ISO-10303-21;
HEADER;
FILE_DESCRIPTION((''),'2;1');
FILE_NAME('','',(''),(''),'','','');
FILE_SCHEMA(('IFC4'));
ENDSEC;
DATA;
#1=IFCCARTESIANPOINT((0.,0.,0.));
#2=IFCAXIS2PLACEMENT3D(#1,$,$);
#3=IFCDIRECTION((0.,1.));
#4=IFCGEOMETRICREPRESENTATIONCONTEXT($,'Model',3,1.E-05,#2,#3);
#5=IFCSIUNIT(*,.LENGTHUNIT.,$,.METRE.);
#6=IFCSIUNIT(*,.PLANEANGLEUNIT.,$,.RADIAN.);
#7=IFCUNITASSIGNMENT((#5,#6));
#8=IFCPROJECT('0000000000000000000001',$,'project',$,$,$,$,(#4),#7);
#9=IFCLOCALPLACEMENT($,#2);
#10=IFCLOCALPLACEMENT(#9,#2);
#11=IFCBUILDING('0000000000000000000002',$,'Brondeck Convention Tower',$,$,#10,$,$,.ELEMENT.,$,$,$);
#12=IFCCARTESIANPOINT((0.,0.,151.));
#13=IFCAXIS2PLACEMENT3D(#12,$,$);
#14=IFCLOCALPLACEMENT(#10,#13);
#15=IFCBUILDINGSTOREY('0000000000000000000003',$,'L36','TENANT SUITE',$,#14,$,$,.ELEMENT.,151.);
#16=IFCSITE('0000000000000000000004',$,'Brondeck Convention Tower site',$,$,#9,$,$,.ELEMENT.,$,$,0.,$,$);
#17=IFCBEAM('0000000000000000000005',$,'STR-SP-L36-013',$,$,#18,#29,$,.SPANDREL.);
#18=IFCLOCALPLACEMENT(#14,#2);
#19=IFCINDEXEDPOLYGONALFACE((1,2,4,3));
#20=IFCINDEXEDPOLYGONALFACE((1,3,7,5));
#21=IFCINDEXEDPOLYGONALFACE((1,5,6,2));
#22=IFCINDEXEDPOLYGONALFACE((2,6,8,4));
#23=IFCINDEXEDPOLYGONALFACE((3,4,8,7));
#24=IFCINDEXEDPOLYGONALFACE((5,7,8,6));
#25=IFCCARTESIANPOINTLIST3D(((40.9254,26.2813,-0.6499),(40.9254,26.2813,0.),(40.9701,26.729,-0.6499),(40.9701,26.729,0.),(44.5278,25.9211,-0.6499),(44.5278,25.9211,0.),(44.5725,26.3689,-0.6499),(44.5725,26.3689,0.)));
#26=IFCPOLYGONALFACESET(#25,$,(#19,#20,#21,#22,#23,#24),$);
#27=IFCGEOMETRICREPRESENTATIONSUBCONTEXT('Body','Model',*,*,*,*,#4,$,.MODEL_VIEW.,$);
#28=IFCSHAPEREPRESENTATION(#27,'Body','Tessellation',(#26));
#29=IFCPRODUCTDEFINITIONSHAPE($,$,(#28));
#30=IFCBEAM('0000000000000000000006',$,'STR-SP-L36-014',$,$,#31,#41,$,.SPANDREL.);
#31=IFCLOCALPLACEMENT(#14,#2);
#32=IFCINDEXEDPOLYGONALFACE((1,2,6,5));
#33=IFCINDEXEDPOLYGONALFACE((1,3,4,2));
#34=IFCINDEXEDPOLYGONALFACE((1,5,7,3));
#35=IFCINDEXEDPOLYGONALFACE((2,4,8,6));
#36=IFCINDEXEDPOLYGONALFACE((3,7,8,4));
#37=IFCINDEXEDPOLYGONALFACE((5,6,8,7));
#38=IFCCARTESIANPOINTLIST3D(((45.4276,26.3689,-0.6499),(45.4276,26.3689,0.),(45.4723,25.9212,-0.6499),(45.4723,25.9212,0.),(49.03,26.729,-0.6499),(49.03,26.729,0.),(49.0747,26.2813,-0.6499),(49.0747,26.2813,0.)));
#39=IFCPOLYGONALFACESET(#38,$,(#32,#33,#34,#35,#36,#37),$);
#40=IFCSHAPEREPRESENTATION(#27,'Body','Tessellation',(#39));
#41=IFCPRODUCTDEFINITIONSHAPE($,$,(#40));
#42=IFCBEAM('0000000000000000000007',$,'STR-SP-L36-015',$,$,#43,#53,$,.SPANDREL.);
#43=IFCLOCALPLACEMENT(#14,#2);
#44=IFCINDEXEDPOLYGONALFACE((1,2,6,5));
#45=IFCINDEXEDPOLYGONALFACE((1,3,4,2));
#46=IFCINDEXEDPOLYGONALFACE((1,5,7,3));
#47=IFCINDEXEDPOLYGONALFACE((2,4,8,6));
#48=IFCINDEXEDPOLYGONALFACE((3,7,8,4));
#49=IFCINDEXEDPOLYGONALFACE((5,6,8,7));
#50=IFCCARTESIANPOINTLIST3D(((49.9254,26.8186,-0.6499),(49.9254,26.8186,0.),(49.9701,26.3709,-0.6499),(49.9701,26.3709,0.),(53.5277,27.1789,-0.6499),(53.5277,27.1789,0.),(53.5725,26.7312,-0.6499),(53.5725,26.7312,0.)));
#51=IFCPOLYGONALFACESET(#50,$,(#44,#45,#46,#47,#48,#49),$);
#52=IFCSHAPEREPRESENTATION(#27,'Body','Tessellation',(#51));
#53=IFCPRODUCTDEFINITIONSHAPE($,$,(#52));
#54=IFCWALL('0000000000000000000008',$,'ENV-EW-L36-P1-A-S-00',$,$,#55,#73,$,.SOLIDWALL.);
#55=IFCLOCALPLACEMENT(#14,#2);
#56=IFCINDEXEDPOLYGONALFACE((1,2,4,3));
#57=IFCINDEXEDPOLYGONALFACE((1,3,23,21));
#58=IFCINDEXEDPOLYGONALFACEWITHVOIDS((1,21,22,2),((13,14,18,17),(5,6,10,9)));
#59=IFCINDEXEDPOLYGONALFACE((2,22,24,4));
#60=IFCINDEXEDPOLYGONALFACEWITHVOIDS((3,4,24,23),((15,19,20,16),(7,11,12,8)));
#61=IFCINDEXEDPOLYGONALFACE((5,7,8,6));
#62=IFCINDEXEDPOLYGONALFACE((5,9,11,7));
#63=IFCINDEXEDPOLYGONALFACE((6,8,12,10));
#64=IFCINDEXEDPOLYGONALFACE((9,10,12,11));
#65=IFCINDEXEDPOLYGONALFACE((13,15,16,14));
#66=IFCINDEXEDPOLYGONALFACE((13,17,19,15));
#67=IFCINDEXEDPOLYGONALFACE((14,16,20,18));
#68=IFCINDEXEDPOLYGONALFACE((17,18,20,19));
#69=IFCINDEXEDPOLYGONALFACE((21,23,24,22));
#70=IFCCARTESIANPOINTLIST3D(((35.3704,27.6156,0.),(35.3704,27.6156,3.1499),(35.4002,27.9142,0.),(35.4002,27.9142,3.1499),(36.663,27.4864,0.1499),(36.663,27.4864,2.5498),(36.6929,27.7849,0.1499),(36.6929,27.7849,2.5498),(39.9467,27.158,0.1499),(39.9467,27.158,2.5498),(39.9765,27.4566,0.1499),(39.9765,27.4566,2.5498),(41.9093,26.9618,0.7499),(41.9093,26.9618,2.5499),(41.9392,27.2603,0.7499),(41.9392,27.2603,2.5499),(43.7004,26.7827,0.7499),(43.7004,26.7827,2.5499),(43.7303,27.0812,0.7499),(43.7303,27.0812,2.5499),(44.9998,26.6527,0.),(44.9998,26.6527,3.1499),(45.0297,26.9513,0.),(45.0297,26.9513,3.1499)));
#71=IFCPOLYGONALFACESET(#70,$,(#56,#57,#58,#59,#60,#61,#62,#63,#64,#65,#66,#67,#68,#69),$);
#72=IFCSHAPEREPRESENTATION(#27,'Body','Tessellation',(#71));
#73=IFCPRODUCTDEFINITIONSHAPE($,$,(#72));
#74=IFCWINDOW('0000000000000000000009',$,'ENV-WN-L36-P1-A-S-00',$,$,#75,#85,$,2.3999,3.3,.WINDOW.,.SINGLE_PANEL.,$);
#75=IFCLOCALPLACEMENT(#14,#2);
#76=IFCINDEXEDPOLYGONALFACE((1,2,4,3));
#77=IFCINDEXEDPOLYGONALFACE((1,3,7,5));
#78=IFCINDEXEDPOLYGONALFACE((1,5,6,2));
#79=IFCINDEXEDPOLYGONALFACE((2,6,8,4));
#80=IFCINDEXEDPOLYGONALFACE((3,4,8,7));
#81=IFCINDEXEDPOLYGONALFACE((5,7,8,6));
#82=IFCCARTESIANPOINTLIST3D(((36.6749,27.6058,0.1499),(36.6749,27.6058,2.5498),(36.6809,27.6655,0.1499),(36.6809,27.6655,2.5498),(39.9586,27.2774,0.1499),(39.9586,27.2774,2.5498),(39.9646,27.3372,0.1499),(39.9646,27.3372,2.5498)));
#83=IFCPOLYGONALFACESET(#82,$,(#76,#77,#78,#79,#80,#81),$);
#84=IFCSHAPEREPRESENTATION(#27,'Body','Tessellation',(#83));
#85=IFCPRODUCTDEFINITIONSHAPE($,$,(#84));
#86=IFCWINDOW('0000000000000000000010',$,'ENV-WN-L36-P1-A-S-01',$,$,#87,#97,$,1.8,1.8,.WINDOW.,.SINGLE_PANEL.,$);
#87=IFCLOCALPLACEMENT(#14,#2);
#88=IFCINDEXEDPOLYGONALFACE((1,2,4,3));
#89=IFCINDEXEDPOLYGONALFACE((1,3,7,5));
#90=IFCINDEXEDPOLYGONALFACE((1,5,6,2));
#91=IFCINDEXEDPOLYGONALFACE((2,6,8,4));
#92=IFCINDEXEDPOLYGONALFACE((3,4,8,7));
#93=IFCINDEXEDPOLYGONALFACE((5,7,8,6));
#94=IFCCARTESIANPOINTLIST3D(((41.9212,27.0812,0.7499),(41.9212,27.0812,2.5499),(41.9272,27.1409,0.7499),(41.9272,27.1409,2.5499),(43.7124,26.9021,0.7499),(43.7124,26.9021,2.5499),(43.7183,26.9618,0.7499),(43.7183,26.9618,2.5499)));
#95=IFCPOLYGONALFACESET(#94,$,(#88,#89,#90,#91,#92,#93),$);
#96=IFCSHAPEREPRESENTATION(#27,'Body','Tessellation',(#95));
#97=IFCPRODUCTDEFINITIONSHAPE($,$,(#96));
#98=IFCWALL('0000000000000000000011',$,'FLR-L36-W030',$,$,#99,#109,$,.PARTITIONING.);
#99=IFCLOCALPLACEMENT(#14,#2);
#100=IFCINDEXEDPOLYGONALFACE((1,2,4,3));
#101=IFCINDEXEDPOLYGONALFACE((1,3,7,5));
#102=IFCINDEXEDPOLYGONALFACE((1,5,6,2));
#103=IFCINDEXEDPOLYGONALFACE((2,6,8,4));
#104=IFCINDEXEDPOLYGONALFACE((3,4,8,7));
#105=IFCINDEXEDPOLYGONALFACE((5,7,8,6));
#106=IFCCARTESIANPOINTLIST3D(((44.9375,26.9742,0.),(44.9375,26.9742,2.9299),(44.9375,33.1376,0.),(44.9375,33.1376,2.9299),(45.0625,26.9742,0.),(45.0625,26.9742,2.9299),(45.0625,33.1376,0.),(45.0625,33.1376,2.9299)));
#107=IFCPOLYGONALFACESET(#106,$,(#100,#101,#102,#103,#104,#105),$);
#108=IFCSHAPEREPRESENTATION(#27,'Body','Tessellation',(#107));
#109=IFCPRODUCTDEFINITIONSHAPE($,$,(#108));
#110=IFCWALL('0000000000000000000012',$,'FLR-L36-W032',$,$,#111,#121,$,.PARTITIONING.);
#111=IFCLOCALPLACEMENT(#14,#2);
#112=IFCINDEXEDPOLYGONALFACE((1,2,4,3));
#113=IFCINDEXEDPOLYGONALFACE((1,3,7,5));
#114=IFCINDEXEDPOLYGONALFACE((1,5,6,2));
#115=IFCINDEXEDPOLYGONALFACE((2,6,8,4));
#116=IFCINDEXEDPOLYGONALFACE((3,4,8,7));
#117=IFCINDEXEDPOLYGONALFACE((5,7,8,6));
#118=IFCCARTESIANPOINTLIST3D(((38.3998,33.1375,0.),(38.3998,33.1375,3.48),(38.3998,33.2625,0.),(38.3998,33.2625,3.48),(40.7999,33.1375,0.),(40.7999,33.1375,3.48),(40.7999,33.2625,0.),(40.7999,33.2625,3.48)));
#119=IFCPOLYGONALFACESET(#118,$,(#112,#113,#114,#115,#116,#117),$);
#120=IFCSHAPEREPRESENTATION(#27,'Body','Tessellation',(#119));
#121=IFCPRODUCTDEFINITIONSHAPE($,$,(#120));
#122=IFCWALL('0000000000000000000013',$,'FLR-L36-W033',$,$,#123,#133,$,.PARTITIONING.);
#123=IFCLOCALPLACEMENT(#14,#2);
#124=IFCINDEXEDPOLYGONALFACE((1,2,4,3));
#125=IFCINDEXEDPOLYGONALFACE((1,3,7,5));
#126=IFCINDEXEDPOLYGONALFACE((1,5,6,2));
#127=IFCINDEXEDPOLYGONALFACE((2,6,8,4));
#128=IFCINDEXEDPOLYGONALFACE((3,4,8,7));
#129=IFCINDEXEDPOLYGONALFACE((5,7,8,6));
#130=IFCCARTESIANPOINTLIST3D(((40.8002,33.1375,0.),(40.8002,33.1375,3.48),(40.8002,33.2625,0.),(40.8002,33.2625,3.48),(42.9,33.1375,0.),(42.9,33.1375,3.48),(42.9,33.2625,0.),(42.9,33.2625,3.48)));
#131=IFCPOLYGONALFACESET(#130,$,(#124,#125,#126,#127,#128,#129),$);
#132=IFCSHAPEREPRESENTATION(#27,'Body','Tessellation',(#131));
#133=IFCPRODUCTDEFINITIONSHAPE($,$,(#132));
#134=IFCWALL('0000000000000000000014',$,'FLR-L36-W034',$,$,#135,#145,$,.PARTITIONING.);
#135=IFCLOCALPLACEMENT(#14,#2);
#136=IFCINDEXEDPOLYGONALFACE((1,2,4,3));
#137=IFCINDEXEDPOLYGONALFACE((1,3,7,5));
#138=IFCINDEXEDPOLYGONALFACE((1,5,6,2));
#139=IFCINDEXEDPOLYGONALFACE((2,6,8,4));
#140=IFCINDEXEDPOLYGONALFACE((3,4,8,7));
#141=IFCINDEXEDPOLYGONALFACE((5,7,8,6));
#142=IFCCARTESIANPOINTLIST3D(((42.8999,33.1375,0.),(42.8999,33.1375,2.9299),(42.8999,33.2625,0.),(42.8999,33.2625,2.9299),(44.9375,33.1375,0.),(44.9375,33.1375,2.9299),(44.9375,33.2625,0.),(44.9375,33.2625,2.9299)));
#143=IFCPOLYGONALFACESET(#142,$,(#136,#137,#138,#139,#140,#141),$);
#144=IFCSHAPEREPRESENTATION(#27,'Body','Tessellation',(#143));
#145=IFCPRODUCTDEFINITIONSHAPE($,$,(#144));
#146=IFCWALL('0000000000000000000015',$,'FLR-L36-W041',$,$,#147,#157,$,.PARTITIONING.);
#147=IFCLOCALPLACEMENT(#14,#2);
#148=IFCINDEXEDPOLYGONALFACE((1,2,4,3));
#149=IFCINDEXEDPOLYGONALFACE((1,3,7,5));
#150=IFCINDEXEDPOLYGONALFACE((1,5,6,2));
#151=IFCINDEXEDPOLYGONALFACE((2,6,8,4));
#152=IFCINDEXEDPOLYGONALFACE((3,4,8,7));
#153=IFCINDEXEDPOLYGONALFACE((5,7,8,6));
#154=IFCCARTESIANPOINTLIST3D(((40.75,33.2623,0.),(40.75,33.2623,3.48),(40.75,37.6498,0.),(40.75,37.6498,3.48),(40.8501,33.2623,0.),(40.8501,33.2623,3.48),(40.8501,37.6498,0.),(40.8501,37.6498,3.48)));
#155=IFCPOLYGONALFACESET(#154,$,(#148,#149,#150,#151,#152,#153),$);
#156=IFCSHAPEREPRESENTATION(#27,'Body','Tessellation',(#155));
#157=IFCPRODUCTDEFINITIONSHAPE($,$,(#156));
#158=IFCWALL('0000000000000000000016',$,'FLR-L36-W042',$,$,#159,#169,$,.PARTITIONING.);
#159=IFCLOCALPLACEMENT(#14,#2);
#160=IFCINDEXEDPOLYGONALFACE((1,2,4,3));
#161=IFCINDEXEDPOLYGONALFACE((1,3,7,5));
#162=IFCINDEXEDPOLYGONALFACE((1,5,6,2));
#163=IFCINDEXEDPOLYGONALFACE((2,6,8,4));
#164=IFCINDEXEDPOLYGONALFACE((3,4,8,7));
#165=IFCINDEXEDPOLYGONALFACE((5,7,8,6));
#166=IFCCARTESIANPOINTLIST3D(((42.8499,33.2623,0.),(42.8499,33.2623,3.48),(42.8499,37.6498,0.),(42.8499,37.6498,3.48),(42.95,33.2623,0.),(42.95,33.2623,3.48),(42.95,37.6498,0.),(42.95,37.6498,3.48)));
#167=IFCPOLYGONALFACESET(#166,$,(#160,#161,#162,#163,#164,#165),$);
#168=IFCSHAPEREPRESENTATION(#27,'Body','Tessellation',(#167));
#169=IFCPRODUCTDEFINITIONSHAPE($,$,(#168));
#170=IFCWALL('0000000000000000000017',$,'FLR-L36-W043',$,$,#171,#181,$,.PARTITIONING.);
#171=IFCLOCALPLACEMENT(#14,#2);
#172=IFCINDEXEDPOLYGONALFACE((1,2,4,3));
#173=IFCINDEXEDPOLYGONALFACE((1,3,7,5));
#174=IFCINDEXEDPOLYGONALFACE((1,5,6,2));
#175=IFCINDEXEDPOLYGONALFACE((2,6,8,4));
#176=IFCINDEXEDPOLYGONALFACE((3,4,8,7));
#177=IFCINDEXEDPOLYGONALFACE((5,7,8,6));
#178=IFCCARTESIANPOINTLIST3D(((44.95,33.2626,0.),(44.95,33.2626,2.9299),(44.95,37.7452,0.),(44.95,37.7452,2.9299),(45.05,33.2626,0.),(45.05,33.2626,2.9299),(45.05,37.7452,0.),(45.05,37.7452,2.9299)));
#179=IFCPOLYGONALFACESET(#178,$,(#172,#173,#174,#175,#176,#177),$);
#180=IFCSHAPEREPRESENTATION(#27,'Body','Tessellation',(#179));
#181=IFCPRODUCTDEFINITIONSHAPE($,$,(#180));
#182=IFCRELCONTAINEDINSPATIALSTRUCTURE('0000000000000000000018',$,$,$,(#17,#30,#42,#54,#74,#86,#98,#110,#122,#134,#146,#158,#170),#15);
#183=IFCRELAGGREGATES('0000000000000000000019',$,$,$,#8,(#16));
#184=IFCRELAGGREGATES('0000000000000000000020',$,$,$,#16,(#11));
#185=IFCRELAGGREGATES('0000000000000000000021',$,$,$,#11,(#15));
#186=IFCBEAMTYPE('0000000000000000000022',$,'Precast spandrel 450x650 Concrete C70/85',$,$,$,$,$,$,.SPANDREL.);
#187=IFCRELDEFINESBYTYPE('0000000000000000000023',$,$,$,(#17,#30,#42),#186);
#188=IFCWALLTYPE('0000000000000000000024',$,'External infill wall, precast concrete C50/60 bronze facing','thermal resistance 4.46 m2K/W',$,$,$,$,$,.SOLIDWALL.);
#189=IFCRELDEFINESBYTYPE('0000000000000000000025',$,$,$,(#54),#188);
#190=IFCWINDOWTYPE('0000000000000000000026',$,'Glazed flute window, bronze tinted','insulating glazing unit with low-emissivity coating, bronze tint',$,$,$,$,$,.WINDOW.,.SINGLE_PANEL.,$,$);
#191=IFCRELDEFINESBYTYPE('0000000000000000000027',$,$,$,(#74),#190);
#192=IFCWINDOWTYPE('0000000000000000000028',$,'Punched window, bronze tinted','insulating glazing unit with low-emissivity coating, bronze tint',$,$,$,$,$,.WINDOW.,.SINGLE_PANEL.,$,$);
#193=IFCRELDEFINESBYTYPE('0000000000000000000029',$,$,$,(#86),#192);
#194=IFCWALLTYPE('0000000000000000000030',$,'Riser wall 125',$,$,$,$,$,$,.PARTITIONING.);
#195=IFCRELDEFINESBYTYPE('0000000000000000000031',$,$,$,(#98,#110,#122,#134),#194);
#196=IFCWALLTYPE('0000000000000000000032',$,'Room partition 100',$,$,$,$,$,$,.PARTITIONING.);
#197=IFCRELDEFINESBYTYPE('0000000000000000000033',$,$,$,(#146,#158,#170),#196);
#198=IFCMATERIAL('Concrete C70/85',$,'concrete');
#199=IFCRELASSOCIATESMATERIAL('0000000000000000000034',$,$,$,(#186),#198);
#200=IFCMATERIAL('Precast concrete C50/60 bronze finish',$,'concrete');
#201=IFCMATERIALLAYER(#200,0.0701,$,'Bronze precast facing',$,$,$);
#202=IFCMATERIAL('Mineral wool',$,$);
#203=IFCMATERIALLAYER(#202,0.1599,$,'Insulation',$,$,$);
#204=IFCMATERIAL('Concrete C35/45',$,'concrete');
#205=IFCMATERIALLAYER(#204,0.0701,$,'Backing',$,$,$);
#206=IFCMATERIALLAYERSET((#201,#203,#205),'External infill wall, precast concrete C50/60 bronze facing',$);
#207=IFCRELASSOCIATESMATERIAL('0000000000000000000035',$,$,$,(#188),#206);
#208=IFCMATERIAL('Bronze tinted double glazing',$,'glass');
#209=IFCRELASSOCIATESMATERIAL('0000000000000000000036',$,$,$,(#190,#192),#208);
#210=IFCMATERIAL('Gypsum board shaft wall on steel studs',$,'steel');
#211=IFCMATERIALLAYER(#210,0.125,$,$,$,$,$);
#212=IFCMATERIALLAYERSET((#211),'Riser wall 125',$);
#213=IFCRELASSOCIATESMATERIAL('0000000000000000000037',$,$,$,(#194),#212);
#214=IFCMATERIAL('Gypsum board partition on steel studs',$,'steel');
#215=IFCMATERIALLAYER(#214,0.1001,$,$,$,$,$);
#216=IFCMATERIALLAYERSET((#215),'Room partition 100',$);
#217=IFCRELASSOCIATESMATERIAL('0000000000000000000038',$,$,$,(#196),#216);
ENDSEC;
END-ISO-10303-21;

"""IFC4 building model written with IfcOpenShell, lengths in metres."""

from ifc_helpers import new_model, si_unit, direction, frame, frame_2d, origin, origin_2d, place, context, subcontext, project, spatial, rectangle, extrude, material, layer, layer_set, material_profile, profile_set, type_object, element, fill, save


model = new_model("IFC4")

# Units and contexts
model_context = context("Model", 3, precision=1e-05, world=origin(), true_north=direction((0.0, 1.0)))
body_context = subcontext(model_context, "Body", "Model", "MODEL_VIEW")
ifc_project = project(units=[si_unit("LENGTHUNIT", "METRE"), si_unit("PLANEANGLEUNIT", "RADIAN")], contexts=[model_context])

# Site, building, storey
site_placement = place(None, origin())
site = spatial("IfcSite", under=ifc_project, at=site_placement, Name="Brondeck Convention Tower site", CompositionType="ELEMENT", RefElevation=0.0)
building_placement = place(site_placement, origin())
building = spatial("IfcBuilding", under=site, at=building_placement, Name="Brondeck Convention Tower", CompositionType="ELEMENT")
storey_placement = place(building_placement, frame((0.0, 0.0, 151.0)))
storey = spatial("IfcBuildingStorey", under=building, at=storey_placement, Name="L36", Description="TENANT SUITE", CompositionType="ELEMENT", Elevation=151.0)

# Shared definitions
ifc_material_1 = material(Name="Concrete C70/85", Category="concrete")

# Beams
ifc_material_profile_1 = material_profile(ifc_material_1, rectangle(XDim=0.45, YDim=0.6499, at=origin_2d()), Name="Precast spandrel 450x650 Concrete C70/85")
ifc_profile_set_1 = profile_set([ifc_material_profile_1], Name="Concrete C70/85")
beam_type_1 = type_object("IfcBeamType", Name="Precast spandrel 450x650 Concrete C70/85", PredefinedType="SPANDREL", material=ifc_profile_set_1)
for number, where, z_axis, x_axis, name in (
    (1, (40.9478, 26.5051, -0.325), (0.995041, -0.09947, 0.0), (0.09947, 0.995041, 0.0), "STR-SP-L36-013"),
    (2, (45.45, 26.145, -0.325), (0.995041, 0.09947, 0.0), (-0.09947, 0.995041, 0.0), "STR-SP-L36-014"),
    (3, (49.9478, 26.5947, -0.325), (0.995034, 0.099537, 0.0), (-0.099537, 0.995034, 0.0), "STR-SP-L36-015"),
):
    element("IfcBeam", number, at=place(storey_placement, frame(where, z_axis=z_axis, x_axis=x_axis)), inside=storey, type_object=beam_type_1, Name=name, PredefinedType="SPANDREL", context=body_context, shape_type="SweptSolid", body=[
        extrude(rectangle(XDim=0.45, YDim=0.6499, at=origin_2d()), origin(), (0.0, 0.0, 1.0), 3.6204),
    ])

# Wall, openings, windows
ifc_material_2 = material(Name="Precast concrete C50/60 bronze finish", Category="concrete")
ifc_layer_1 = layer(ifc_material_2, 0.0701, Name="Bronze precast facing")
ifc_material_3 = material(Name="Mineral wool")
ifc_layer_2 = layer(ifc_material_3, 0.1599, Name="Insulation")
ifc_material_4 = material(Name="Concrete C35/45", Category="concrete")
ifc_layer_3 = layer(ifc_material_4, 0.0701, Name="Backing")
ifc_layer_set_1 = layer_set([ifc_layer_1, ifc_layer_2, ifc_layer_3], Name="External infill wall, precast concrete C50/60 bronze facing")
wall_type_1 = type_object("IfcWallType", Name="External infill wall, precast concrete C50/60 bronze facing", Description="thermal resistance 4.46 m2K/W", PredefinedType="SOLIDWALL", material=ifc_layer_set_1)
wall_1_placement = place(storey_placement, frame((45.0149, 26.802, 0.0), z_axis=(0.0, 0.0, 1.0), x_axis=(-0.995038, 0.099499, 0.0)))
wall_1 = element("IfcWall", 4, at=wall_1_placement, inside=storey, type_object=wall_type_1, Name="ENV-EW-L36-P1-A-S-00", PredefinedType="SOLIDWALL", context=body_context, shape_type="SweptSolid", body=[
    extrude(rectangle(XDim=9.6775, YDim=0.3, at=frame_2d((4.8389, 0.0))), origin(), (0.0, 0.0, 1.0), 3.1499),
])
opening_1_placement = place(wall_1_placement, frame((1.3062, 0.0, 0.75)))
opening_1 = element("IfcOpeningElement", 5, at=opening_1_placement, cuts=wall_1, PredefinedType="OPENING", context=body_context, shape_type="SweptSolid", body=[
    extrude(rectangle(XDim=1.8, YDim=1.8, at=frame_2d((0.8999, 0.8999))), frame((0.0, 0.1599, 0.0), z_axis=(0.0, -1.0, 0.0), x_axis=(1.0, 0.0, 0.0)), (0.0, 0.0, 1.0), 0.3201),
])
opening_2_placement = place(wall_1_placement, frame((5.0786, 0.0, 0.1499)))
opening_2 = element("IfcOpeningElement", 6, at=opening_2_placement, cuts=wall_1, PredefinedType="OPENING", context=body_context, shape_type="SweptSolid", body=[
    extrude(rectangle(XDim=3.3, YDim=2.3999, at=frame_2d((1.6499, 1.2))), frame((0.0, 0.1599, 0.0), z_axis=(0.0, -1.0, 0.0), x_axis=(1.0, 0.0, 0.0)), (0.0, 0.0, 1.0), 0.3201),
])
ifc_material_5 = material(Name="Bronze tinted double glazing", Category="glass")
window_type_1 = type_object("IfcWindowType", Name="Glazed flute window, bronze tinted", Description="insulating glazing unit with low-emissivity coating, bronze tint", PartitioningType="SINGLE_PANEL", PredefinedType="WINDOW", material=ifc_material_5)
window_1_placement = place(opening_2_placement, origin())
window_1 = element("IfcWindow", 7, at=window_1_placement, inside=storey, type_object=window_type_1, Name="ENV-WN-L36-P1-A-S-00", OverallHeight=2.3999, OverallWidth=3.3, PartitioningType="SINGLE_PANEL", PredefinedType="WINDOW", context=body_context, shape_type="SweptSolid", body=[
    extrude(rectangle(XDim=3.3, YDim=2.3999, at=frame_2d((1.6499, 1.2))), frame((0.0, 0.03, 0.0), z_axis=(0.0, -1.0, 0.0), x_axis=(1.0, 0.0, 0.0)), (0.0, 0.0, 1.0), 0.0601),
])
fill(opening_2, window_1)
window_type_2 = type_object("IfcWindowType", Name="Punched window, bronze tinted", Description="insulating glazing unit with low-emissivity coating, bronze tint", PartitioningType="SINGLE_PANEL", PredefinedType="WINDOW", material=ifc_material_5)
window_2_placement = place(opening_1_placement, origin())
window_2 = element("IfcWindow", 8, at=window_2_placement, inside=storey, type_object=window_type_2, Name="ENV-WN-L36-P1-A-S-01", OverallHeight=1.8, OverallWidth=1.8, PartitioningType="SINGLE_PANEL", PredefinedType="WINDOW", context=body_context, shape_type="SweptSolid", body=[
    extrude(rectangle(XDim=1.8, YDim=1.8, at=frame_2d((0.8999, 0.8999))), frame((0.0, 0.03, 0.0), z_axis=(0.0, -1.0, 0.0), x_axis=(1.0, 0.0, 0.0)), (0.0, 0.0, 1.0), 0.0601),
])
fill(opening_1, window_2)

# Walls
ifc_material_6 = material(Name="Gypsum board shaft wall on steel studs", Category="steel")
ifc_layer_4 = layer(ifc_material_6, 0.125)
ifc_layer_set_2 = layer_set([ifc_layer_4], Name="Riser wall 125")
wall_type_2 = type_object("IfcWallType", Name="Riser wall 125", PredefinedType="PARTITIONING", material=ifc_layer_set_2)
wall_2_placement = place(storey_placement, frame((45.0, 33.1375, 0.0), z_axis=(0.0, 0.0, 1.0), x_axis=(0.0, -1.0, 0.0)))
element("IfcWall", 9, at=wall_2_placement, inside=storey, type_object=wall_type_2, Name="FLR-L36-W030", PredefinedType="PARTITIONING", context=body_context, shape_type="SweptSolid", body=[
    extrude(rectangle(XDim=6.1633, YDim=0.125, at=frame_2d((3.0815, 0.0))), origin(), (0.0, 0.0, 1.0), 2.9299),
])
wall_3_placement = place(storey_placement, frame((40.8, 33.2, 0.0), z_axis=(0.0, 0.0, 1.0), x_axis=(-1.0, 0.0, 0.0)))
element("IfcWall", 10, at=wall_3_placement, inside=storey, type_object=wall_type_2, Name="FLR-L36-W032", PredefinedType="PARTITIONING", context=body_context, shape_type="SweptSolid", body=[
    extrude(rectangle(XDim=2.4001, YDim=0.125, at=frame_2d((1.2002, 0.0))), origin(), (0.0, 0.0, 1.0), 3.48),
])
wall_4_placement = place(storey_placement, frame((42.8999, 33.2, 0.0), z_axis=(0.0, 0.0, 1.0), x_axis=(-1.0, 0.0, 0.0)))
element("IfcWall", 11, at=wall_4_placement, inside=storey, type_object=wall_type_2, Name="FLR-L36-W033", PredefinedType="PARTITIONING", context=body_context, shape_type="SweptSolid", body=[
    extrude(rectangle(XDim=2.0999, YDim=0.125, at=frame_2d((1.0498, 0.0))), origin(), (0.0, 0.0, 1.0), 3.48),
])
wall_5_placement = place(storey_placement, frame((44.9375, 33.2, 0.0), z_axis=(0.0, 0.0, 1.0), x_axis=(-1.0, 0.0, 0.0)))
element("IfcWall", 12, at=wall_5_placement, inside=storey, type_object=wall_type_2, Name="FLR-L36-W034", PredefinedType="PARTITIONING", context=body_context, shape_type="SweptSolid", body=[
    extrude(rectangle(XDim=2.0376, YDim=0.125, at=frame_2d((1.0188, 0.0))), origin(), (0.0, 0.0, 1.0), 2.9299),
])
ifc_material_7 = material(Name="Gypsum board partition on steel studs", Category="steel")
ifc_layer_5 = layer(ifc_material_7, 0.1001)
ifc_layer_set_3 = layer_set([ifc_layer_5], Name="Room partition 100")
wall_type_3 = type_object("IfcWallType", Name="Room partition 100", PredefinedType="PARTITIONING", material=ifc_layer_set_3)
for number, where, z_axis, x_axis, name in (
    (13, (40.8, 37.6499, 0.0), (0.0, 0.0, 1.0), (0.0, -1.0, 0.0), "FLR-L36-W041"),
    (14, (42.8999, 37.6499, 0.0), (0.0, 0.0, 1.0), (0.0, -1.0, 0.0), "FLR-L36-W042"),
):
    element("IfcWall", number, at=place(storey_placement, frame(where, z_axis=z_axis, x_axis=x_axis)), inside=storey, type_object=wall_type_3, Name=name, PredefinedType="PARTITIONING", context=body_context, shape_type="SweptSolid", body=[
        extrude(rectangle(XDim=4.3875, YDim=0.1001, at=frame_2d((2.1938, 0.0))), origin(), (0.0, 0.0, 1.0), 3.48),
    ])
wall_6_placement = place(storey_placement, frame((45.0, 37.7451, 0.0), z_axis=(0.0, 0.0, 1.0), x_axis=(0.0, -1.0, 0.0)))
element("IfcWall", 15, at=wall_6_placement, inside=storey, type_object=wall_type_3, Name="FLR-L36-W043", PredefinedType="PARTITIONING", context=body_context, shape_type="SweptSolid", body=[
    extrude(rectangle(XDim=4.4827, YDim=0.1001, at=frame_2d((2.2412, 0.0))), origin(), (0.0, 0.0, 1.0), 2.9299),
])

save(model, "model.ifc")
